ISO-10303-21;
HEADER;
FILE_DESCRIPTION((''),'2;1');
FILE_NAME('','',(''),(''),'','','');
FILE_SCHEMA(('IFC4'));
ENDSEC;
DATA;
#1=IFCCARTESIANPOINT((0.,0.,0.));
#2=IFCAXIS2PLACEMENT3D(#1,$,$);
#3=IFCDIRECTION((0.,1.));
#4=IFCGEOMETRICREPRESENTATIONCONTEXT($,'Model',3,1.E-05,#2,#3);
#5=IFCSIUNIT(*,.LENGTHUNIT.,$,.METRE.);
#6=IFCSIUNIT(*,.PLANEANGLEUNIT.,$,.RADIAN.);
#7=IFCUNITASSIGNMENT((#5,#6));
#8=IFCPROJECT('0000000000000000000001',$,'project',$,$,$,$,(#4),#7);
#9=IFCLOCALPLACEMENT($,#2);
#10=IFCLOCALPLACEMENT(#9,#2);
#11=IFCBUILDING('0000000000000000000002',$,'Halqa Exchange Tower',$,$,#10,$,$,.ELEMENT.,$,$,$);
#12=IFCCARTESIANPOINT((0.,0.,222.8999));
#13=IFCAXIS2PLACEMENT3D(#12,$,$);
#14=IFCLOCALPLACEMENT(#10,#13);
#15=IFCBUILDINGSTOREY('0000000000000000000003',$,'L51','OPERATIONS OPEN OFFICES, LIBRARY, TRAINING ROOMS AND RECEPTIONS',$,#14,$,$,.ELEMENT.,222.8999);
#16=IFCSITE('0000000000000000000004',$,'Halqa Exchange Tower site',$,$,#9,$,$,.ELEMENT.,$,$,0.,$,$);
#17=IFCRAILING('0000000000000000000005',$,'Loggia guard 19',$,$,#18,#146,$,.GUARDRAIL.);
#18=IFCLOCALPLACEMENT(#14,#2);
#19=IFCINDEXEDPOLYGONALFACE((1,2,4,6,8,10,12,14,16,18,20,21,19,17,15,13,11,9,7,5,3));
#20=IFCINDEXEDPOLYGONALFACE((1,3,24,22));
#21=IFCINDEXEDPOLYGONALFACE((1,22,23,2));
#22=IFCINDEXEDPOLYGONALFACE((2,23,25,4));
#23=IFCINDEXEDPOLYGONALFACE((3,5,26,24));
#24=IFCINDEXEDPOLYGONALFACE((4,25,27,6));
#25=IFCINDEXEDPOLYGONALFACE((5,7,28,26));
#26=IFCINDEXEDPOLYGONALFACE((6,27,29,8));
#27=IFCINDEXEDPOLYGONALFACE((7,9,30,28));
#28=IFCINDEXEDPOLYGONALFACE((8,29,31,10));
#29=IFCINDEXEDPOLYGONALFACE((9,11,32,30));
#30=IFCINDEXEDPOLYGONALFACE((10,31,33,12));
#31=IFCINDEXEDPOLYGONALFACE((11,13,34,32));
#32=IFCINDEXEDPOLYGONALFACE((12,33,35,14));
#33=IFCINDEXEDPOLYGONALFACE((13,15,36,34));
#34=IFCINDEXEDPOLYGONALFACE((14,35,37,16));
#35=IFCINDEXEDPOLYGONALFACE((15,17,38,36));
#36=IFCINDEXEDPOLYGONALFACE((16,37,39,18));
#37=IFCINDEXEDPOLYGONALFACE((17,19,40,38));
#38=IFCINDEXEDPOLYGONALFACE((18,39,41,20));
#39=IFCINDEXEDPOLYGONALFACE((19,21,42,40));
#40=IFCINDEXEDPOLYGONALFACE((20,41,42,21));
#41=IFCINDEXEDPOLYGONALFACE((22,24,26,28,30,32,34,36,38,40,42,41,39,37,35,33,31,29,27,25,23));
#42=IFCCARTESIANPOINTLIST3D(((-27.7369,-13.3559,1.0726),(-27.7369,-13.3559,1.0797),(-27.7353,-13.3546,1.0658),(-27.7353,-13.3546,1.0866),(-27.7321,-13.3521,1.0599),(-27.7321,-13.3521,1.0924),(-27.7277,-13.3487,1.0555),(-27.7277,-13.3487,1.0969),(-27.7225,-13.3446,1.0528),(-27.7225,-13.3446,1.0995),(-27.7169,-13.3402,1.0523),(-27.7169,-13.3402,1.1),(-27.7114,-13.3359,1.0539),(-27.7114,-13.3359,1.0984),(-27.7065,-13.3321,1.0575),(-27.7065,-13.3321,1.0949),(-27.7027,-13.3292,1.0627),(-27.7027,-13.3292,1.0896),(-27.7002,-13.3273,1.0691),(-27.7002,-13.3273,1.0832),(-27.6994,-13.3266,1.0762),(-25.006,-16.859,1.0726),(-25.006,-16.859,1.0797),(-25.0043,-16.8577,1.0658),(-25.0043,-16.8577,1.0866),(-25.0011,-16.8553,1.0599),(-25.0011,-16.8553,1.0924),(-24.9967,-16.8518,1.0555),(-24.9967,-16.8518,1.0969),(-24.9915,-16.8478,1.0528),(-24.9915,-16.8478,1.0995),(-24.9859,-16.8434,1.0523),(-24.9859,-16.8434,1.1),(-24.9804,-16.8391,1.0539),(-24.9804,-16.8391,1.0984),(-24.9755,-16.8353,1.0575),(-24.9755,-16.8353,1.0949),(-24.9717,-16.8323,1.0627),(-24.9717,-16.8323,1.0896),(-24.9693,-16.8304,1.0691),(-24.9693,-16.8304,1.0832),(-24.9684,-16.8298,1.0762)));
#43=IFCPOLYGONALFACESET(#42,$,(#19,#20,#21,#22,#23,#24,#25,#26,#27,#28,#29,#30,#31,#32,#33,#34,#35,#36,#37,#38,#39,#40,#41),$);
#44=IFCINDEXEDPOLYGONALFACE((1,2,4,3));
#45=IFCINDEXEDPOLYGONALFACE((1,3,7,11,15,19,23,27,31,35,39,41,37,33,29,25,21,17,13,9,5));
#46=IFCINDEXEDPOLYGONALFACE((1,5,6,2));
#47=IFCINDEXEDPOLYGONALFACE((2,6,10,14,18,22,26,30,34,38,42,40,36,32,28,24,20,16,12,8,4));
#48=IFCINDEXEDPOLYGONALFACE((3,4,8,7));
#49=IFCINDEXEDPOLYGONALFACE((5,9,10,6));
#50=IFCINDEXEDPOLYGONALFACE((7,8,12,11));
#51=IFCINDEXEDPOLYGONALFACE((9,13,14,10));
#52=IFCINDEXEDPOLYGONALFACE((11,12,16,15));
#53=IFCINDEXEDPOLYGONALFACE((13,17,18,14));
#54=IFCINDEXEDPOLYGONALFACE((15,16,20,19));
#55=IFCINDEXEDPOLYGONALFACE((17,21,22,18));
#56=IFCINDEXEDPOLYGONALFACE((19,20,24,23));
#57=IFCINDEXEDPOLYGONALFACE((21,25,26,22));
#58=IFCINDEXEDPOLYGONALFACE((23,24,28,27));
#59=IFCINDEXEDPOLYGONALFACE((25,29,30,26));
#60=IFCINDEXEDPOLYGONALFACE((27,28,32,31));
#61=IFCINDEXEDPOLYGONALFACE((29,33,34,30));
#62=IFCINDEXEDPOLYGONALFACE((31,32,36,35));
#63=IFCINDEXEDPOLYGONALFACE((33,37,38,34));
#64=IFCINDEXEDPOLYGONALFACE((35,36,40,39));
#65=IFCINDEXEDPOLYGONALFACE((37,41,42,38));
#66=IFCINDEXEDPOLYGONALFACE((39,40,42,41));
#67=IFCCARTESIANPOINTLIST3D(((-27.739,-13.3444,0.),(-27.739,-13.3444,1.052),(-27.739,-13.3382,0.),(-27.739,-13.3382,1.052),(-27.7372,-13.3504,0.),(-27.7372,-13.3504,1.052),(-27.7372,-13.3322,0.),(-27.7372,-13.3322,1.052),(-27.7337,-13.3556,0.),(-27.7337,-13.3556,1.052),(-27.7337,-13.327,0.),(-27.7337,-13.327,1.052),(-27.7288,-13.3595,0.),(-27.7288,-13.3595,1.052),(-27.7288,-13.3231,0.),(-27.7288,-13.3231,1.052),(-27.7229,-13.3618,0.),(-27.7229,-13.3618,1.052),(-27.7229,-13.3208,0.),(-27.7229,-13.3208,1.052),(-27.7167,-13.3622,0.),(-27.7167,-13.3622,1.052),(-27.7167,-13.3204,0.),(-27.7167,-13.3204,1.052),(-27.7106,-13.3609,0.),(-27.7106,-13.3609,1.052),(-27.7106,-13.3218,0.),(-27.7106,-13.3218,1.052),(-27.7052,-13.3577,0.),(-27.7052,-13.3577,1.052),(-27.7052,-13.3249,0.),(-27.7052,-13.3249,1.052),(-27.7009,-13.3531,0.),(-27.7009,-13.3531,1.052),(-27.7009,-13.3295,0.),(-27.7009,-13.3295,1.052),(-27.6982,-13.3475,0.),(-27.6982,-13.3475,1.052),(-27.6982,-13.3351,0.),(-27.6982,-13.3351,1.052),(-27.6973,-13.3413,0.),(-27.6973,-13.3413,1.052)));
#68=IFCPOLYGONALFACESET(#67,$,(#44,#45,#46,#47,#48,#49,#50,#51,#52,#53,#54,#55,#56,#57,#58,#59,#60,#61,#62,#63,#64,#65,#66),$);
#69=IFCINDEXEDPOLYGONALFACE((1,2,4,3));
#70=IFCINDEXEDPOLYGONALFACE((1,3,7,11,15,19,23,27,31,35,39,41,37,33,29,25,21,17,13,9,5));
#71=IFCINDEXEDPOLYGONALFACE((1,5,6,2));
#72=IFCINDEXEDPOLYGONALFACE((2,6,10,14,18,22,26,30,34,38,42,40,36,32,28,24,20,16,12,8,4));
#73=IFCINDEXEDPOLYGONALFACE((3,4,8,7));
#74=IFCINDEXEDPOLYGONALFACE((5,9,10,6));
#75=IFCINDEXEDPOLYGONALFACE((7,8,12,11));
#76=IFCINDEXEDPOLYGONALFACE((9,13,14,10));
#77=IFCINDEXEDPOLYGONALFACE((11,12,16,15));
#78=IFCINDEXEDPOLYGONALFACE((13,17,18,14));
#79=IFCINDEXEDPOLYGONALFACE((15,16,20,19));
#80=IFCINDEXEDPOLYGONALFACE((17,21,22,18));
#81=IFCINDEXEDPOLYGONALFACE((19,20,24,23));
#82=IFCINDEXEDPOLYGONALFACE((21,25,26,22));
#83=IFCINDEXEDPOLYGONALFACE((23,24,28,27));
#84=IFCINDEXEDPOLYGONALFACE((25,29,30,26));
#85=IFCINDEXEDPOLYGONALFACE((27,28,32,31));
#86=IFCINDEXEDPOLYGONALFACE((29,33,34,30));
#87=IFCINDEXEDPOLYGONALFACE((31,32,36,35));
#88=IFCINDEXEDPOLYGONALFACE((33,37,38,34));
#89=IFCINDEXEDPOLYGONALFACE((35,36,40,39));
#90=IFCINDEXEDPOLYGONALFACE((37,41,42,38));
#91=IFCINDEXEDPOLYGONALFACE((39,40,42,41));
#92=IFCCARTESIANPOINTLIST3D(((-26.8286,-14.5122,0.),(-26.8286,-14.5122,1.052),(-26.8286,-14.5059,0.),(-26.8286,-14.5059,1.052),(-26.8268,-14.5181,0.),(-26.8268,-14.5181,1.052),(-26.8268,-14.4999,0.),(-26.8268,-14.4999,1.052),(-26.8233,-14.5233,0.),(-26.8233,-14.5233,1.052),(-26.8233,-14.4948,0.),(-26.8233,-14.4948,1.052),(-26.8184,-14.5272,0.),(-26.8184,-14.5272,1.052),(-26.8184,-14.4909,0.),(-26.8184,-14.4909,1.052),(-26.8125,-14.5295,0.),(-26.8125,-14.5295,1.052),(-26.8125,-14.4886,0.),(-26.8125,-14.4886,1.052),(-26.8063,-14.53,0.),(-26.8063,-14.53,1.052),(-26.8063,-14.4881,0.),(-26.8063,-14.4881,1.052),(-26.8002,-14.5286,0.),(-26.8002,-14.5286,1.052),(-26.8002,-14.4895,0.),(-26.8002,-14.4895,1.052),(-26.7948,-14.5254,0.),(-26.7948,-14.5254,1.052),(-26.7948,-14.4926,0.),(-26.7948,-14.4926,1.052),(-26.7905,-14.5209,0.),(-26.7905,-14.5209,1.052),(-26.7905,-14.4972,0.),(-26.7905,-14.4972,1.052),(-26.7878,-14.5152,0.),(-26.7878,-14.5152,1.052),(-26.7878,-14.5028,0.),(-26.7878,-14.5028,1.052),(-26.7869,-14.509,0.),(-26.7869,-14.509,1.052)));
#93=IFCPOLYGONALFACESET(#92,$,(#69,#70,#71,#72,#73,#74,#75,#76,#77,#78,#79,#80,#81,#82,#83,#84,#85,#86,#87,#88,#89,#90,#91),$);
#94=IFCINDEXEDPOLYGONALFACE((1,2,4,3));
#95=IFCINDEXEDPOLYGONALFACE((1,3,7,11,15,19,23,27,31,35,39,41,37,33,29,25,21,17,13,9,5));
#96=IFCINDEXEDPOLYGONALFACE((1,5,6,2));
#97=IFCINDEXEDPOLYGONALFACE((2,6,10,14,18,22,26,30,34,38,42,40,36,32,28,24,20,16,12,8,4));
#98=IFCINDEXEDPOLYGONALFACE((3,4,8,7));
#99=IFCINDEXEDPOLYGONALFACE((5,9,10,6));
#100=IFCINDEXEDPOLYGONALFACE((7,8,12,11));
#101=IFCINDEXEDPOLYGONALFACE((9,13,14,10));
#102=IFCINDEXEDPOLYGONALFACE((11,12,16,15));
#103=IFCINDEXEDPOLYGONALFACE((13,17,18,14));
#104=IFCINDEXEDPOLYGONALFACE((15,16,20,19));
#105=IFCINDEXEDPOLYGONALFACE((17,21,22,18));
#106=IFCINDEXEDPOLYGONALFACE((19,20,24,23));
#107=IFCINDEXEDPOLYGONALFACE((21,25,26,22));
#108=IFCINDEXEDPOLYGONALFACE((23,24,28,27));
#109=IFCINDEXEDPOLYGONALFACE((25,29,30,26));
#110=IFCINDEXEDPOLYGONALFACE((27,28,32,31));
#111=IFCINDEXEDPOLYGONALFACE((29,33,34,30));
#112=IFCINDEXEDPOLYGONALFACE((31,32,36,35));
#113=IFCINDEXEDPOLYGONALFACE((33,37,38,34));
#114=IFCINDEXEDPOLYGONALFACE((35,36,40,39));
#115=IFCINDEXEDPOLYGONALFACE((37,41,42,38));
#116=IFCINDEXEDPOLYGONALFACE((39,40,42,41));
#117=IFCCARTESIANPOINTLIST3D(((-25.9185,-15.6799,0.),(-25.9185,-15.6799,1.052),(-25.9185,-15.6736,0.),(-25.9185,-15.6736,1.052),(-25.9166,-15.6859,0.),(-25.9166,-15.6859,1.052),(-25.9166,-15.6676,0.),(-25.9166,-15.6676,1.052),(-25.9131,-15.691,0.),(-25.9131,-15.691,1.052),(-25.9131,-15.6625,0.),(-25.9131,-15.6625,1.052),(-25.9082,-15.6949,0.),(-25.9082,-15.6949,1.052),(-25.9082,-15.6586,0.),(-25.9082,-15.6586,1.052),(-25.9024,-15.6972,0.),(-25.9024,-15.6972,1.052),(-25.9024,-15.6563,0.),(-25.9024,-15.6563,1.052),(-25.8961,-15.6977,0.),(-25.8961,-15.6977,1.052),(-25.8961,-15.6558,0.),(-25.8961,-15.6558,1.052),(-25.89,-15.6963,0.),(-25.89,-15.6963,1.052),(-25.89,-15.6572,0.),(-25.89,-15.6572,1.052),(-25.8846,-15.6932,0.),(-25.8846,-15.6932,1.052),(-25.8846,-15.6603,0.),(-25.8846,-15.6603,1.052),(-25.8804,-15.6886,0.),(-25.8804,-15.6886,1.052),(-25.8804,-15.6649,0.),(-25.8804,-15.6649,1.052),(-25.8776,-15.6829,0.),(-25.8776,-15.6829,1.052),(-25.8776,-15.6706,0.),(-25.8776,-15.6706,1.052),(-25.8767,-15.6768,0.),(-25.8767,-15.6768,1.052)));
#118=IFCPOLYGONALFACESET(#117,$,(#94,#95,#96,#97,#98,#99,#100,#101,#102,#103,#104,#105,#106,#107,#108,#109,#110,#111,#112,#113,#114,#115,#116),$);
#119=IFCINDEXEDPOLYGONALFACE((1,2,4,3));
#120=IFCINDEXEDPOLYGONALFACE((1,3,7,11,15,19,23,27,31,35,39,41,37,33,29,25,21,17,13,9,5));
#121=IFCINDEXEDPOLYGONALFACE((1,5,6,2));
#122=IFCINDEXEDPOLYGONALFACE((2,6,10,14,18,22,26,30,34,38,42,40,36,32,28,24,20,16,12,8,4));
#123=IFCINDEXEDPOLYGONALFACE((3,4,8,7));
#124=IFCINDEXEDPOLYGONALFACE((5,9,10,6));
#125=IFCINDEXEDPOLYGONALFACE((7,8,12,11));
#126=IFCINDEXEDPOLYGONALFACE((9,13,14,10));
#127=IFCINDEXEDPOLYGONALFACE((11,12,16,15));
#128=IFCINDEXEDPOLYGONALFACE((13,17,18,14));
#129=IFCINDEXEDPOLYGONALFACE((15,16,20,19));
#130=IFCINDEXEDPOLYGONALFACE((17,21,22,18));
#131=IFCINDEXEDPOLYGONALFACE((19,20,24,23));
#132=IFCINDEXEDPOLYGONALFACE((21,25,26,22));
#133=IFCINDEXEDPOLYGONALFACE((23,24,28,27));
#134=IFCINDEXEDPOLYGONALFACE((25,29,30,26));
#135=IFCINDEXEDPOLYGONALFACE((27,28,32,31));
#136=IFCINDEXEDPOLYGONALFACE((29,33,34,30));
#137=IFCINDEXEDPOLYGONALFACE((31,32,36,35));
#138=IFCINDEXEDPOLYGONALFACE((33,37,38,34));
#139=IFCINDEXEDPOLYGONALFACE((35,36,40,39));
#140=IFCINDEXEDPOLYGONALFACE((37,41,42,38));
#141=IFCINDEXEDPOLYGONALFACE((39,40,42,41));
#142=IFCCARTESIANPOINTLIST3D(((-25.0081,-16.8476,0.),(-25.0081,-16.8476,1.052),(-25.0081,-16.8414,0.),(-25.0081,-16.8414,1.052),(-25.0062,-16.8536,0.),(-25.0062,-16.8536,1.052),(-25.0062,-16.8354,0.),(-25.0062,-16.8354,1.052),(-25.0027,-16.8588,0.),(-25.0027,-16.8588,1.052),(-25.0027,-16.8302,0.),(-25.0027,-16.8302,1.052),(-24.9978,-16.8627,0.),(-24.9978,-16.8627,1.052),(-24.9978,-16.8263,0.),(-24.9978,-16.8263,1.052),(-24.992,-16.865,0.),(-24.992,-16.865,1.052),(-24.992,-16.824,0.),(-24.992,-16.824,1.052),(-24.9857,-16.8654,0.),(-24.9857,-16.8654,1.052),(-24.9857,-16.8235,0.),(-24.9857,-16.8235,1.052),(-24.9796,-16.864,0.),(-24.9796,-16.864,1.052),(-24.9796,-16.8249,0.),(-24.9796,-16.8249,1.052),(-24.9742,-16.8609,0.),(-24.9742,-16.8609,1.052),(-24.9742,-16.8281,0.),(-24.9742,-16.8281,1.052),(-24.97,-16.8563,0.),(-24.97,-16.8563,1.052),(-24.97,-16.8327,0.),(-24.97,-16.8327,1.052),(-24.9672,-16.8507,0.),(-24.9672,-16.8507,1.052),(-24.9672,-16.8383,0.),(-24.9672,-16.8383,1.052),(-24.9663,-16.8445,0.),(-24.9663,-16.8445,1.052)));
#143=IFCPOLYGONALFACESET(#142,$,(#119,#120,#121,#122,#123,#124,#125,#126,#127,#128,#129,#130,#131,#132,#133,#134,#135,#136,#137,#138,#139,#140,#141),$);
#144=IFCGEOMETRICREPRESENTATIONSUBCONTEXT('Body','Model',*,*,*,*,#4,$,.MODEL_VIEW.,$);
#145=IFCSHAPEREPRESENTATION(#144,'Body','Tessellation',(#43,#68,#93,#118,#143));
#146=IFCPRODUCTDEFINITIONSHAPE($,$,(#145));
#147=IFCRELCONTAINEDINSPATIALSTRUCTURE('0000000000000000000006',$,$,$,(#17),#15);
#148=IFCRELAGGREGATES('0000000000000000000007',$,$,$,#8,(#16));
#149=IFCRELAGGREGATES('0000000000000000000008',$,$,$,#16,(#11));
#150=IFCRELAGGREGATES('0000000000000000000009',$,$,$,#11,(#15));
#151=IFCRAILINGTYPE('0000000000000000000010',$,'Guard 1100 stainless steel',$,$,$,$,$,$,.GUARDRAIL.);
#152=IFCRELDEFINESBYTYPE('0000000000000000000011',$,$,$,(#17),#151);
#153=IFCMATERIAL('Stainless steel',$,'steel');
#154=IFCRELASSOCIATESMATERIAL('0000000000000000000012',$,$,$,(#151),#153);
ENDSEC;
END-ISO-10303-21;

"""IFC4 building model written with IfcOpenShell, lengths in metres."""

from ifc_helpers import new_model, si_unit, direction, frame, origin, origin_2d, place, context, subcontext, project, spatial, circle, extrude, material, type_object, element, save


model = new_model("IFC4")

# Units and contexts
model_context = context("Model", 3, precision=1e-05, world=origin(), true_north=direction((0.0, 1.0)))
body_context = subcontext(model_context, "Body", "Model", "MODEL_VIEW")
ifc_project = project(units=[si_unit("LENGTHUNIT", "METRE"), si_unit("PLANEANGLEUNIT", "RADIAN")], contexts=[model_context])

# Site, building, storey
site_placement = place(None, origin())
site = spatial("IfcSite", under=ifc_project, at=site_placement, Name="Halqa Exchange Tower site", CompositionType="ELEMENT", RefElevation=0.0)
building_placement = place(site_placement, origin())
building = spatial("IfcBuilding", under=site, at=building_placement, Name="Halqa Exchange Tower", CompositionType="ELEMENT")
storey_placement = place(building_placement, frame((0.0, 0.0, 222.8999)))
storey = spatial("IfcBuildingStorey", under=building, at=storey_placement, Name="L51", Description="OPERATIONS OPEN OFFICES, LIBRARY, TRAINING ROOMS AND RECEPTIONS", CompositionType="ELEMENT", Elevation=222.8999)

# Railing
ifc_material_1 = material(Name="Stainless steel", Category="steel")
railing_type = type_object("IfcRailingType", Name="Guard 1100 stainless steel", PredefinedType="GUARDRAIL", material=ifc_material_1)
railing_1_placement = place(storey_placement, frame((-27.7183, -13.3413, 0.0)))
element("IfcRailing", 1, at=railing_1_placement, inside=storey, type_object=railing_type, Name="Loggia guard 19", PredefinedType="GUARDRAIL", context=body_context, shape_type="SweptSolid", body=[
    extrude(circle(Radius=0.0239, at=origin_2d()), frame((0.0, 0.0, 1.0762), z_axis=(0.614819, -0.788668, 0.0), x_axis=(0.788668, 0.614819, 0.0)), (0.0, 0.0, 1.0), 4.4419),
    extrude(circle(Radius=0.021, at=origin_2d()), origin(), (0.0, 0.0, 1.0), 1.052),
    extrude(circle(Radius=0.021, at=origin_2d()), frame((0.9104, -1.1677, 0.0)), (0.0, 0.0, 1.0), 1.052),
    extrude(circle(Radius=0.021, at=origin_2d()), frame((1.8206, -2.3354, 0.0)), (0.0, 0.0, 1.0), 1.052),
    extrude(circle(Radius=0.021, at=origin_2d()), frame((2.731, -3.5032, 0.0)), (0.0, 0.0, 1.0), 1.052),
])

save(model, "model.ifc")
